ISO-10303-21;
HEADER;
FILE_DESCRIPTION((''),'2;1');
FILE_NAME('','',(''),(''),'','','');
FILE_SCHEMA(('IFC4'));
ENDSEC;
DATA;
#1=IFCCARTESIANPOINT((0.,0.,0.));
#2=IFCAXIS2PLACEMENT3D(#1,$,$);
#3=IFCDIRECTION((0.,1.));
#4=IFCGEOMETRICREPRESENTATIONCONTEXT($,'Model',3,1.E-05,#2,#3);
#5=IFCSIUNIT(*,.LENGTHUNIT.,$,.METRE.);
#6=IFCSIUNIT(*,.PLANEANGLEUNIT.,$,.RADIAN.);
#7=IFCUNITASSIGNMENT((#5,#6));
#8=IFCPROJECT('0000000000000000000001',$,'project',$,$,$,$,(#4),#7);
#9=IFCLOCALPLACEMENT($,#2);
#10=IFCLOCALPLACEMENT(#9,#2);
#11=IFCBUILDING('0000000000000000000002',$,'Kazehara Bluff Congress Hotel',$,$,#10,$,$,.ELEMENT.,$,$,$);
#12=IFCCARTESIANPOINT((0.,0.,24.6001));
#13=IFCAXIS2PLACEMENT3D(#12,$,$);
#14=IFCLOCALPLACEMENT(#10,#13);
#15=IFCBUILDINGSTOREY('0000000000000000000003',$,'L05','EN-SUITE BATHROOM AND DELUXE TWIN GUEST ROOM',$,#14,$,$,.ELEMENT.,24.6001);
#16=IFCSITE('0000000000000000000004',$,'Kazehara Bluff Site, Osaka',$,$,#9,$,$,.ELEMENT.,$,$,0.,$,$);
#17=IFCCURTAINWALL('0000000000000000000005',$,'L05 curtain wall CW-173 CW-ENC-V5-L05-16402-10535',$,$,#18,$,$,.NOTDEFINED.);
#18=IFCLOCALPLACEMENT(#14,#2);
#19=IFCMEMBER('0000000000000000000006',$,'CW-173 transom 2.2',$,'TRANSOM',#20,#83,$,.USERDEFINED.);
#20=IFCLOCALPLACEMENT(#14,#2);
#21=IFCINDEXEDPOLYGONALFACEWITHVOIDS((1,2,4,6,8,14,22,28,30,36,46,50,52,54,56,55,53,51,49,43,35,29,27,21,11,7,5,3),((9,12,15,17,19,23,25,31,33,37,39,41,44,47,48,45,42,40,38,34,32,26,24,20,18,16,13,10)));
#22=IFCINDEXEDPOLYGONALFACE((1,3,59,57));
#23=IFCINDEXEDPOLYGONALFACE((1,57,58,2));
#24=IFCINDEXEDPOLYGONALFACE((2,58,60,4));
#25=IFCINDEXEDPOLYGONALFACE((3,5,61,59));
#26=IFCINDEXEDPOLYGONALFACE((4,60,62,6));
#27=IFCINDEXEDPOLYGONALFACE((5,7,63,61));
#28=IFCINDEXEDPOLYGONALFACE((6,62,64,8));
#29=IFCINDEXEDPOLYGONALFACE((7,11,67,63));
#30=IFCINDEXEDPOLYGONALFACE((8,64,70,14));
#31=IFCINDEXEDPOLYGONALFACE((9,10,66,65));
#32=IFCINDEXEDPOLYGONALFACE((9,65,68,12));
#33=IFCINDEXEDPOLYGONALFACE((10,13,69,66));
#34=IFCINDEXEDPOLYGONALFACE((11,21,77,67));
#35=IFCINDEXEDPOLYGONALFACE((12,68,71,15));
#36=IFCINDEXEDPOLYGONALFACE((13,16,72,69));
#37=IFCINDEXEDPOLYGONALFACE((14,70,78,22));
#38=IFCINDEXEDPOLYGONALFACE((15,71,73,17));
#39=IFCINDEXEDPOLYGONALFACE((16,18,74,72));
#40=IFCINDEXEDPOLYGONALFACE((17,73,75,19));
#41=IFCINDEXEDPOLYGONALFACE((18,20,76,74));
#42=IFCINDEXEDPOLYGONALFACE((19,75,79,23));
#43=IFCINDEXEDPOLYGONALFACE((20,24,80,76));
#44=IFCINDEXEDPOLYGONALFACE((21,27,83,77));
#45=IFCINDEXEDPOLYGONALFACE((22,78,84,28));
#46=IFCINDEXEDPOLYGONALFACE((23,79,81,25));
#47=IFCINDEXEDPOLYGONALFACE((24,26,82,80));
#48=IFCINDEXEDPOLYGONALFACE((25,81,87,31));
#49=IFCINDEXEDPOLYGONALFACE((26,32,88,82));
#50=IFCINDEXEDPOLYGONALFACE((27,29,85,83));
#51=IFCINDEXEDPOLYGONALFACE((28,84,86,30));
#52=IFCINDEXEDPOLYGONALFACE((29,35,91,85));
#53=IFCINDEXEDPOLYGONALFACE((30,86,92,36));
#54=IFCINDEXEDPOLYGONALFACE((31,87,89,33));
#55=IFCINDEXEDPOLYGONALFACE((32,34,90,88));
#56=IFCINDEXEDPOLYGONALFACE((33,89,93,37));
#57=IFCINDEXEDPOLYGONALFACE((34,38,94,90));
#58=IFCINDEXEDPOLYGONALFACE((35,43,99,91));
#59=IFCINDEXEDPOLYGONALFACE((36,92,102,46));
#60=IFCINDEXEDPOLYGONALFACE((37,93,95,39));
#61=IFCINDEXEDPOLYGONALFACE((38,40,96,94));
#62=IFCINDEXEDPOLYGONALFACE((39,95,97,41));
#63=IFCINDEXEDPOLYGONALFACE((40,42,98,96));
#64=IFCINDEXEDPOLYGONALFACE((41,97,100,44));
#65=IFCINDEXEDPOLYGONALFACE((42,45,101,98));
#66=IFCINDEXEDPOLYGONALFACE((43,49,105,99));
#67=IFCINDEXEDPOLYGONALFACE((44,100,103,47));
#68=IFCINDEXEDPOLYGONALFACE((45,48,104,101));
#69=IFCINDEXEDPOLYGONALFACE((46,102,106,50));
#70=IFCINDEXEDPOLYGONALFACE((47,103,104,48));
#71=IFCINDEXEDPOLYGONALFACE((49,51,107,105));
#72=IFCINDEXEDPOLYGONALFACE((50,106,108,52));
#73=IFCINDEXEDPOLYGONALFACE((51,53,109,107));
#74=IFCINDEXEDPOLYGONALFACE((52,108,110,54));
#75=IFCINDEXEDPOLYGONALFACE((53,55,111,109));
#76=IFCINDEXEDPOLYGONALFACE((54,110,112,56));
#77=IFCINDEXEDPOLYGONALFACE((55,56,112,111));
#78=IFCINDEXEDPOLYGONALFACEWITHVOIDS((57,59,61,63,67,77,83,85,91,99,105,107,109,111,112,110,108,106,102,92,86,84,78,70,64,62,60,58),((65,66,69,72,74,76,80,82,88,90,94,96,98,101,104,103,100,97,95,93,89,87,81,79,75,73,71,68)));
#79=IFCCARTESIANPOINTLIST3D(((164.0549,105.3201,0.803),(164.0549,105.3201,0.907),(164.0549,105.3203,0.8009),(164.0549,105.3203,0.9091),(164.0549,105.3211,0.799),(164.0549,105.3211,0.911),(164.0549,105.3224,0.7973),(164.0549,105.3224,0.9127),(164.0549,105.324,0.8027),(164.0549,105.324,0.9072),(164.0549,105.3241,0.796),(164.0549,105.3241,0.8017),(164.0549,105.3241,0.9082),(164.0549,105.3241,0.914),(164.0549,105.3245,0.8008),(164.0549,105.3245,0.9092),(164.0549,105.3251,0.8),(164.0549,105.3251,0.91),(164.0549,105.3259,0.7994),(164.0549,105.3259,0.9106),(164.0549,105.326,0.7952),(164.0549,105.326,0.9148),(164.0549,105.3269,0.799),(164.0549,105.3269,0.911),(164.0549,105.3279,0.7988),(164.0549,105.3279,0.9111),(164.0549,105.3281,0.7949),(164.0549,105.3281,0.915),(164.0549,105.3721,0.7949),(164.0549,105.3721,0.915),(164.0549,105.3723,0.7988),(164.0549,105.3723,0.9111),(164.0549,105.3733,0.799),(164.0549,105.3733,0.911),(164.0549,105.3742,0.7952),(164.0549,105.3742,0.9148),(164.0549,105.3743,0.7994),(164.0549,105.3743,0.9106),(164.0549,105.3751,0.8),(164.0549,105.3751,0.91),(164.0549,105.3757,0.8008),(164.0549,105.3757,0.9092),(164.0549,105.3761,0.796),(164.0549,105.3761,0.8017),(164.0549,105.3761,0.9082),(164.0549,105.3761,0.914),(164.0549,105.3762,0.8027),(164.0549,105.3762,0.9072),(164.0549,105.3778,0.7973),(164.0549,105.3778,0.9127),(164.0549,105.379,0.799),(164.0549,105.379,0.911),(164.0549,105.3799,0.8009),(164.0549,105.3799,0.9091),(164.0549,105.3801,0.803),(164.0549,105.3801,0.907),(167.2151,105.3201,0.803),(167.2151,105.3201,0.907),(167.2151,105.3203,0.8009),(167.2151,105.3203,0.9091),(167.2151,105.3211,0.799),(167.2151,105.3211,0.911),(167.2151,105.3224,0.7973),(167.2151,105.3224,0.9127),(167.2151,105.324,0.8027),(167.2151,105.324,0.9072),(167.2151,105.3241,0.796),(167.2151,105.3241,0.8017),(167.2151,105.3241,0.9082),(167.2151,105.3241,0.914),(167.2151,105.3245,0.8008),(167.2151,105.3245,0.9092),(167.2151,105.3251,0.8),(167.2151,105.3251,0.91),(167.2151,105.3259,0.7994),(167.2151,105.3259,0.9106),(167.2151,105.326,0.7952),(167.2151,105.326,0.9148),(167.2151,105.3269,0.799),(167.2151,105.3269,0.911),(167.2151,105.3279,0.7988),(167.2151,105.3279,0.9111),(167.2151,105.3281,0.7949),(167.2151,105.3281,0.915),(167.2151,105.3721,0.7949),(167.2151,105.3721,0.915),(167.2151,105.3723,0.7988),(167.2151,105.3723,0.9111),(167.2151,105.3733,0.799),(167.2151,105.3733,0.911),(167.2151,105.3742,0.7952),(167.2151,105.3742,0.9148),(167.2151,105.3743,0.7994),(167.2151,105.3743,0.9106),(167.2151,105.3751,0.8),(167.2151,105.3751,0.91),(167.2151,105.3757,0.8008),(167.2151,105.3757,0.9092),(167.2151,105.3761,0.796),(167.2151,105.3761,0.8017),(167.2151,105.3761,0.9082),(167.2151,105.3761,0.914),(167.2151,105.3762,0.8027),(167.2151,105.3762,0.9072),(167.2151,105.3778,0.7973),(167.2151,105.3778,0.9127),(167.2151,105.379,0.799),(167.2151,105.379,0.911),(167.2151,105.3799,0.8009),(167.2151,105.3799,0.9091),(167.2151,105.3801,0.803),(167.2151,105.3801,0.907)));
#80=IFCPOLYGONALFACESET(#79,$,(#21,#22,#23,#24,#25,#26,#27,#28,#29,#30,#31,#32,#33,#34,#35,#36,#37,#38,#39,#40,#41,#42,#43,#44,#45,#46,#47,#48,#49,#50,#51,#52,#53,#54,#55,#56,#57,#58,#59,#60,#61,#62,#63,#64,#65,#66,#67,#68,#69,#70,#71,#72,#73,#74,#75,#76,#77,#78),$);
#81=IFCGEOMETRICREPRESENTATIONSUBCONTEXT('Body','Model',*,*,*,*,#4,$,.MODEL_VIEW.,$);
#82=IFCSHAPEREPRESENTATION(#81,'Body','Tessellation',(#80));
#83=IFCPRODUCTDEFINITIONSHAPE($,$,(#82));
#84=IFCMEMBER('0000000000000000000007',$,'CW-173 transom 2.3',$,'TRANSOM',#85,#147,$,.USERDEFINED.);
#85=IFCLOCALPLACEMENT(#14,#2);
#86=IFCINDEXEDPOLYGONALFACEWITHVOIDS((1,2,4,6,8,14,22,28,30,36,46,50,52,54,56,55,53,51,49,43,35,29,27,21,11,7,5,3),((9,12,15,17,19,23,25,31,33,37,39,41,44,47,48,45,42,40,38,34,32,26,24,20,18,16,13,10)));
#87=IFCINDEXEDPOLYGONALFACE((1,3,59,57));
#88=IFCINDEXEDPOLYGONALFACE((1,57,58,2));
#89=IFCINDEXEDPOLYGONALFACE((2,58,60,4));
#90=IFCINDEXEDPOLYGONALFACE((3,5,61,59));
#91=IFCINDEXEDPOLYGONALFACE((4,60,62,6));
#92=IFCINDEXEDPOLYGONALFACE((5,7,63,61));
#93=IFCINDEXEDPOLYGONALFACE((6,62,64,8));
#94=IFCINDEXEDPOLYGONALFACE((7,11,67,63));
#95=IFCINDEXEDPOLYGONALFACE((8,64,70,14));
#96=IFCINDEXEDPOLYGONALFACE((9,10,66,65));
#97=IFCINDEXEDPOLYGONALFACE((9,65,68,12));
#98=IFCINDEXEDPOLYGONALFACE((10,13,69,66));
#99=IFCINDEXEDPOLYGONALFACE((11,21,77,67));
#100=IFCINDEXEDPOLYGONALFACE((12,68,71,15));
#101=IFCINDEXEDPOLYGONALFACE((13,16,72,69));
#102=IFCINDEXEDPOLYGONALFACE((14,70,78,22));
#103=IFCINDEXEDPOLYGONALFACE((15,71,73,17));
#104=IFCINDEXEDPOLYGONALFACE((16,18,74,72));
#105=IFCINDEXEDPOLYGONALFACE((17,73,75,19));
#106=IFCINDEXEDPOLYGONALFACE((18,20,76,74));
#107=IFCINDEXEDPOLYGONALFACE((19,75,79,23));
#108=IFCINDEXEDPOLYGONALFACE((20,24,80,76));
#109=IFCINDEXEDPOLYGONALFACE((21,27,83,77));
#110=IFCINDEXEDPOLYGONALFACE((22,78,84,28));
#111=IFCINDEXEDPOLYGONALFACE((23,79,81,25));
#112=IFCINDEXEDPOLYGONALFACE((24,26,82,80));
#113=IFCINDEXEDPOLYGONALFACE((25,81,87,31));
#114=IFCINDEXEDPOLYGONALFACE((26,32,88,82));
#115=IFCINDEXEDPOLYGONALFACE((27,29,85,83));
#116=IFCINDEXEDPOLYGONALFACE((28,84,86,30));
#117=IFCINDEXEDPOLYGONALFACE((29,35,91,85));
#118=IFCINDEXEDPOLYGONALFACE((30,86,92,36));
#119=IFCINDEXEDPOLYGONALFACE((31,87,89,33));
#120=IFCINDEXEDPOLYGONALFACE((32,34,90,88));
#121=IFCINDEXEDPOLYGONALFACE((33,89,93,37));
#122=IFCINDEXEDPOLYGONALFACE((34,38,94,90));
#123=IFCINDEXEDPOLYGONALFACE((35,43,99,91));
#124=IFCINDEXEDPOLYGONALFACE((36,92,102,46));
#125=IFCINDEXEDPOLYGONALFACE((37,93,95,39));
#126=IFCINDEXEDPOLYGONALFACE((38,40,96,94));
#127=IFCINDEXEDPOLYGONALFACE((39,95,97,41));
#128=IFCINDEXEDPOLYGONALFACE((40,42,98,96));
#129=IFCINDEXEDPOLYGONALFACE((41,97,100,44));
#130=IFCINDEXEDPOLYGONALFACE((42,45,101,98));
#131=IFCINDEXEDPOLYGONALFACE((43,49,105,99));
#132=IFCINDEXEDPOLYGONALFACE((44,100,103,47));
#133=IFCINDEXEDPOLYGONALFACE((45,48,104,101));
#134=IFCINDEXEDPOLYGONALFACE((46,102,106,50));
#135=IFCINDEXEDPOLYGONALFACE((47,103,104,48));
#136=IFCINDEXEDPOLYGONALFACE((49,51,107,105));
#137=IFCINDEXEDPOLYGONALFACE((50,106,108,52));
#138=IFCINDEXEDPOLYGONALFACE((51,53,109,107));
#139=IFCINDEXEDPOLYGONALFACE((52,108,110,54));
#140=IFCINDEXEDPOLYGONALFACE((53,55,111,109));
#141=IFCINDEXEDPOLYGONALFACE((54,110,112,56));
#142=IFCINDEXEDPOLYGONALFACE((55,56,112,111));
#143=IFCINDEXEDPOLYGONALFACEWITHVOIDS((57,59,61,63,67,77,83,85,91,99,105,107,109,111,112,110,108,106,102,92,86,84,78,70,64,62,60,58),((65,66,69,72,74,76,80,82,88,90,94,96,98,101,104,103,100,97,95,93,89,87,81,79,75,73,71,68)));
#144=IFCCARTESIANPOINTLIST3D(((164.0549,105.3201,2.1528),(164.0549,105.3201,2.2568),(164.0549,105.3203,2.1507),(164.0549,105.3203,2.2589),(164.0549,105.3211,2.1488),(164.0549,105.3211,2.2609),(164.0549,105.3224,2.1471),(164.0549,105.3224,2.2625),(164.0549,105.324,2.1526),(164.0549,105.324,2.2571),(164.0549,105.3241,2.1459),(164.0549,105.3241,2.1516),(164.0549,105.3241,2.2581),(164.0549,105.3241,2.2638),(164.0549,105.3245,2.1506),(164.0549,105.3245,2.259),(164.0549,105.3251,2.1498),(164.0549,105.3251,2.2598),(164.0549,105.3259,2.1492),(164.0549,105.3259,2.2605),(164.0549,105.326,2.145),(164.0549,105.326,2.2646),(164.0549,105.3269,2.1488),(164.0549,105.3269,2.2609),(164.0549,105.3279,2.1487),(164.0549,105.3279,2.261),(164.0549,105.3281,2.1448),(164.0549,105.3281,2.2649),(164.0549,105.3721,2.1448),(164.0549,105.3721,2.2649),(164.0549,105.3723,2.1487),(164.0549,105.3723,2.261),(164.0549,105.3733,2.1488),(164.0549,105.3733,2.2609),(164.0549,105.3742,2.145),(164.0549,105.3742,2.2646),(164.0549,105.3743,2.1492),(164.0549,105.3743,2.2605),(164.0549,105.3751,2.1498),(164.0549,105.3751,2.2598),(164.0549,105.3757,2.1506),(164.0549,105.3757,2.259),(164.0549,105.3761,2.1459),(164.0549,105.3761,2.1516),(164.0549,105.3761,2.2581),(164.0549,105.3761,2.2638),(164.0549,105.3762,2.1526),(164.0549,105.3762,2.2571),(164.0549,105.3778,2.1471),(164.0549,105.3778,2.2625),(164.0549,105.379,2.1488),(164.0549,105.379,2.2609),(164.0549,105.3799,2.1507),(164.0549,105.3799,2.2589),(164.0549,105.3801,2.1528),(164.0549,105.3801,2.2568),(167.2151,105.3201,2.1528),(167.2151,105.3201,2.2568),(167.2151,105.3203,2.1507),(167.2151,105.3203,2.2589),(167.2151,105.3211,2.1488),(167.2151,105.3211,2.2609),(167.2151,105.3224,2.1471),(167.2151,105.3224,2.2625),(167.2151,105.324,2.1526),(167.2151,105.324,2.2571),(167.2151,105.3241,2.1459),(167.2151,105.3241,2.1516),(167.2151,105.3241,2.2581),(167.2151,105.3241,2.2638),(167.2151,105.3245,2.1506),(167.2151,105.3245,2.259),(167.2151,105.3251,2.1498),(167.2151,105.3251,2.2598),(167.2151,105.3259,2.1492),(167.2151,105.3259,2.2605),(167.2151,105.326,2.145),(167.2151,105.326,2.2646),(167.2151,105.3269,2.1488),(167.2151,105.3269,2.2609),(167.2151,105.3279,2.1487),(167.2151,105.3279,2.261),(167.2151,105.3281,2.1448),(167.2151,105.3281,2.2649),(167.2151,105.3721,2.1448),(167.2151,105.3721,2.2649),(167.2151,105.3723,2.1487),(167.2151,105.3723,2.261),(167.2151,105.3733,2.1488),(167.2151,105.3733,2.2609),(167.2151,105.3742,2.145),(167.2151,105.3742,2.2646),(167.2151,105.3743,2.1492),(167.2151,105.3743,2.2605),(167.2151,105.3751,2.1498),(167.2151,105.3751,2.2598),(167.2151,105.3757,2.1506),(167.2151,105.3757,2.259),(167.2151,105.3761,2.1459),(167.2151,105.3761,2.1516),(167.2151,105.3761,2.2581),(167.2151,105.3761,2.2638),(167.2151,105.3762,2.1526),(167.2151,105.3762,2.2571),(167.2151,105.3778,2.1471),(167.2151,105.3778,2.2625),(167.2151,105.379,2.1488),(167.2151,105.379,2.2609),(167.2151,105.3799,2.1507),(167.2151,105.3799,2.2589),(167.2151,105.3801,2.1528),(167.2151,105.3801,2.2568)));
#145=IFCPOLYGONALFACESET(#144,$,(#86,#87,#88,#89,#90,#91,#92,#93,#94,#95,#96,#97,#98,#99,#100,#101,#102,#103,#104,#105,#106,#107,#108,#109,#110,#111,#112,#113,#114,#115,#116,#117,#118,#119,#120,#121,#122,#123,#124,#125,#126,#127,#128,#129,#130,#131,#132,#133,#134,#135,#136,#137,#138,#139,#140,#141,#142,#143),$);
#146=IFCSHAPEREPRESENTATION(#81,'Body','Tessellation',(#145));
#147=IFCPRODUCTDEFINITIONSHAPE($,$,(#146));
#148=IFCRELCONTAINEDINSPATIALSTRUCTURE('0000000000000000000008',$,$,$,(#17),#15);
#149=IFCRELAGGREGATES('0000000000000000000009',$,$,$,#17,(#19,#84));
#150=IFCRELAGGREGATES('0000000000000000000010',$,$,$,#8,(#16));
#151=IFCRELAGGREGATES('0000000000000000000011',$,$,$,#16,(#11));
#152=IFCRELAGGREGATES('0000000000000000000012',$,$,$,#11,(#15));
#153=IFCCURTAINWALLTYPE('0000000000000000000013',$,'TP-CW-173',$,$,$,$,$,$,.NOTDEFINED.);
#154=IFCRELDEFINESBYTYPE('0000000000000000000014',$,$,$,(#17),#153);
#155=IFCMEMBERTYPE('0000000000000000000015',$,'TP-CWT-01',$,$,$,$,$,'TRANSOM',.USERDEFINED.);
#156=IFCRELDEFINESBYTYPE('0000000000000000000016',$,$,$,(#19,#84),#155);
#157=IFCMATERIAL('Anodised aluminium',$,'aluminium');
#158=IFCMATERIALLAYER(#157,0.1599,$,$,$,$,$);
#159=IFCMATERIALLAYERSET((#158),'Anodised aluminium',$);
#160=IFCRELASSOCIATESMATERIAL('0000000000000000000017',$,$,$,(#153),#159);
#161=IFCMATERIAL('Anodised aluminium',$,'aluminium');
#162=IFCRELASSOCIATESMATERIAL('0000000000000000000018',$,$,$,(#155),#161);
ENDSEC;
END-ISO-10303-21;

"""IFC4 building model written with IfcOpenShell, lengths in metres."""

from ifc_helpers import new_model, si_unit, direction, frame, origin, origin_2d, place, context, subcontext, project, spatial, hollow_rectangle, extrude, material, layer, layer_set, material_profile, profile_set, type_object, element, aggregate, save


model = new_model("IFC4")

# Units and contexts
model_context = context("Model", 3, precision=1e-05, world=origin(), true_north=direction((0.0, 1.0)))
body_context = subcontext(model_context, "Body", "Model", "MODEL_VIEW")
ifc_project = project(units=[si_unit("LENGTHUNIT", "METRE"), si_unit("PLANEANGLEUNIT", "RADIAN")], contexts=[model_context])

# Site, building, storey
site_placement = place(None, origin())
site = spatial("IfcSite", under=ifc_project, at=site_placement, Name="Kazehara Bluff Site, Osaka", CompositionType="ELEMENT", RefElevation=0.0)
building_placement = place(site_placement, origin())
building = spatial("IfcBuilding", under=site, at=building_placement, Name="Kazehara Bluff Congress Hotel", CompositionType="ELEMENT")
storey_placement = place(building_placement, frame((0.0, 0.0, 24.6001)))
storey = spatial("IfcBuildingStorey", under=building, at=storey_placement, Name="L05", Description="EN-SUITE BATHROOM AND DELUXE TWIN GUEST ROOM", CompositionType="ELEMENT", Elevation=24.6001)

# Curtain wall
ifc_material_1 = material(Name="Anodised aluminium", Category="aluminium")
ifc_layer_1 = layer(ifc_material_1, 0.1599)
ifc_layer_set_1 = layer_set([ifc_layer_1], Name="Anodised aluminium")
curtain_wall_type_1 = type_object("IfcCurtainWallType", Name="TP-CW-173", PredefinedType="NOTDEFINED", material=ifc_layer_set_1)
curtain_wall_1_placement = place(storey_placement, origin())
curtain_wall_1 = element("IfcCurtainWall", 1, at=curtain_wall_1_placement, inside=storey, type_object=curtain_wall_type_1, Name="L05 curtain wall CW-173 CW-ENC-V5-L05-16402-10535", PredefinedType="NOTDEFINED")

# Members
ifc_material_2 = material(Name="Anodised aluminium", Category="aluminium")
ifc_material_profile_1 = material_profile(ifc_material_2, hollow_rectangle(XDim=0.0601, YDim=0.1201, WallThickness=0.0039, InnerFilletRadius=0.0039, OuterFilletRadius=0.0081, at=origin_2d()))
ifc_profile_set_1 = profile_set([ifc_material_profile_1], Name="Anodised aluminium")
member_type_1 = type_object("IfcMemberType", Name="TP-CWT-01", ElementType="TRANSOM", PredefinedType="USERDEFINED", material=ifc_profile_set_1)
member_1_placement = place(storey_placement, frame((164.0549, 105.3501, 0.855), z_axis=(1.0, 0.0, 0.0), x_axis=(0.0, 1.0, 0.0)))
member_1 = element("IfcMember", 2, at=member_1_placement, type_object=member_type_1, Name="CW-173 transom 2.2", ObjectType="TRANSOM", PredefinedType="USERDEFINED", context=body_context, shape_type="SweptSolid", body=[
    extrude(hollow_rectangle(XDim=0.0601, YDim=0.1201, WallThickness=0.0039, InnerFilletRadius=0.0039, OuterFilletRadius=0.0081, at=origin_2d()), origin(), (0.0, 0.0, 1.0), 3.1602),
])
member_2_placement = place(storey_placement, frame((164.0549, 105.3501, 2.2048), z_axis=(1.0, 0.0, 0.0), x_axis=(0.0, 1.0, 0.0)))
member_2 = element("IfcMember", 3, at=member_2_placement, type_object=member_type_1, Name="CW-173 transom 2.3", ObjectType="TRANSOM", PredefinedType="USERDEFINED", context=body_context, shape_type="SweptSolid", body=[
    extrude(hollow_rectangle(XDim=0.0601, YDim=0.1201, WallThickness=0.0039, InnerFilletRadius=0.0039, OuterFilletRadius=0.0081, at=origin_2d()), origin(), (0.0, 0.0, 1.0), 3.1602),
])

aggregate(curtain_wall_1, [member_1, member_2])

save(model, "model.ifc")
